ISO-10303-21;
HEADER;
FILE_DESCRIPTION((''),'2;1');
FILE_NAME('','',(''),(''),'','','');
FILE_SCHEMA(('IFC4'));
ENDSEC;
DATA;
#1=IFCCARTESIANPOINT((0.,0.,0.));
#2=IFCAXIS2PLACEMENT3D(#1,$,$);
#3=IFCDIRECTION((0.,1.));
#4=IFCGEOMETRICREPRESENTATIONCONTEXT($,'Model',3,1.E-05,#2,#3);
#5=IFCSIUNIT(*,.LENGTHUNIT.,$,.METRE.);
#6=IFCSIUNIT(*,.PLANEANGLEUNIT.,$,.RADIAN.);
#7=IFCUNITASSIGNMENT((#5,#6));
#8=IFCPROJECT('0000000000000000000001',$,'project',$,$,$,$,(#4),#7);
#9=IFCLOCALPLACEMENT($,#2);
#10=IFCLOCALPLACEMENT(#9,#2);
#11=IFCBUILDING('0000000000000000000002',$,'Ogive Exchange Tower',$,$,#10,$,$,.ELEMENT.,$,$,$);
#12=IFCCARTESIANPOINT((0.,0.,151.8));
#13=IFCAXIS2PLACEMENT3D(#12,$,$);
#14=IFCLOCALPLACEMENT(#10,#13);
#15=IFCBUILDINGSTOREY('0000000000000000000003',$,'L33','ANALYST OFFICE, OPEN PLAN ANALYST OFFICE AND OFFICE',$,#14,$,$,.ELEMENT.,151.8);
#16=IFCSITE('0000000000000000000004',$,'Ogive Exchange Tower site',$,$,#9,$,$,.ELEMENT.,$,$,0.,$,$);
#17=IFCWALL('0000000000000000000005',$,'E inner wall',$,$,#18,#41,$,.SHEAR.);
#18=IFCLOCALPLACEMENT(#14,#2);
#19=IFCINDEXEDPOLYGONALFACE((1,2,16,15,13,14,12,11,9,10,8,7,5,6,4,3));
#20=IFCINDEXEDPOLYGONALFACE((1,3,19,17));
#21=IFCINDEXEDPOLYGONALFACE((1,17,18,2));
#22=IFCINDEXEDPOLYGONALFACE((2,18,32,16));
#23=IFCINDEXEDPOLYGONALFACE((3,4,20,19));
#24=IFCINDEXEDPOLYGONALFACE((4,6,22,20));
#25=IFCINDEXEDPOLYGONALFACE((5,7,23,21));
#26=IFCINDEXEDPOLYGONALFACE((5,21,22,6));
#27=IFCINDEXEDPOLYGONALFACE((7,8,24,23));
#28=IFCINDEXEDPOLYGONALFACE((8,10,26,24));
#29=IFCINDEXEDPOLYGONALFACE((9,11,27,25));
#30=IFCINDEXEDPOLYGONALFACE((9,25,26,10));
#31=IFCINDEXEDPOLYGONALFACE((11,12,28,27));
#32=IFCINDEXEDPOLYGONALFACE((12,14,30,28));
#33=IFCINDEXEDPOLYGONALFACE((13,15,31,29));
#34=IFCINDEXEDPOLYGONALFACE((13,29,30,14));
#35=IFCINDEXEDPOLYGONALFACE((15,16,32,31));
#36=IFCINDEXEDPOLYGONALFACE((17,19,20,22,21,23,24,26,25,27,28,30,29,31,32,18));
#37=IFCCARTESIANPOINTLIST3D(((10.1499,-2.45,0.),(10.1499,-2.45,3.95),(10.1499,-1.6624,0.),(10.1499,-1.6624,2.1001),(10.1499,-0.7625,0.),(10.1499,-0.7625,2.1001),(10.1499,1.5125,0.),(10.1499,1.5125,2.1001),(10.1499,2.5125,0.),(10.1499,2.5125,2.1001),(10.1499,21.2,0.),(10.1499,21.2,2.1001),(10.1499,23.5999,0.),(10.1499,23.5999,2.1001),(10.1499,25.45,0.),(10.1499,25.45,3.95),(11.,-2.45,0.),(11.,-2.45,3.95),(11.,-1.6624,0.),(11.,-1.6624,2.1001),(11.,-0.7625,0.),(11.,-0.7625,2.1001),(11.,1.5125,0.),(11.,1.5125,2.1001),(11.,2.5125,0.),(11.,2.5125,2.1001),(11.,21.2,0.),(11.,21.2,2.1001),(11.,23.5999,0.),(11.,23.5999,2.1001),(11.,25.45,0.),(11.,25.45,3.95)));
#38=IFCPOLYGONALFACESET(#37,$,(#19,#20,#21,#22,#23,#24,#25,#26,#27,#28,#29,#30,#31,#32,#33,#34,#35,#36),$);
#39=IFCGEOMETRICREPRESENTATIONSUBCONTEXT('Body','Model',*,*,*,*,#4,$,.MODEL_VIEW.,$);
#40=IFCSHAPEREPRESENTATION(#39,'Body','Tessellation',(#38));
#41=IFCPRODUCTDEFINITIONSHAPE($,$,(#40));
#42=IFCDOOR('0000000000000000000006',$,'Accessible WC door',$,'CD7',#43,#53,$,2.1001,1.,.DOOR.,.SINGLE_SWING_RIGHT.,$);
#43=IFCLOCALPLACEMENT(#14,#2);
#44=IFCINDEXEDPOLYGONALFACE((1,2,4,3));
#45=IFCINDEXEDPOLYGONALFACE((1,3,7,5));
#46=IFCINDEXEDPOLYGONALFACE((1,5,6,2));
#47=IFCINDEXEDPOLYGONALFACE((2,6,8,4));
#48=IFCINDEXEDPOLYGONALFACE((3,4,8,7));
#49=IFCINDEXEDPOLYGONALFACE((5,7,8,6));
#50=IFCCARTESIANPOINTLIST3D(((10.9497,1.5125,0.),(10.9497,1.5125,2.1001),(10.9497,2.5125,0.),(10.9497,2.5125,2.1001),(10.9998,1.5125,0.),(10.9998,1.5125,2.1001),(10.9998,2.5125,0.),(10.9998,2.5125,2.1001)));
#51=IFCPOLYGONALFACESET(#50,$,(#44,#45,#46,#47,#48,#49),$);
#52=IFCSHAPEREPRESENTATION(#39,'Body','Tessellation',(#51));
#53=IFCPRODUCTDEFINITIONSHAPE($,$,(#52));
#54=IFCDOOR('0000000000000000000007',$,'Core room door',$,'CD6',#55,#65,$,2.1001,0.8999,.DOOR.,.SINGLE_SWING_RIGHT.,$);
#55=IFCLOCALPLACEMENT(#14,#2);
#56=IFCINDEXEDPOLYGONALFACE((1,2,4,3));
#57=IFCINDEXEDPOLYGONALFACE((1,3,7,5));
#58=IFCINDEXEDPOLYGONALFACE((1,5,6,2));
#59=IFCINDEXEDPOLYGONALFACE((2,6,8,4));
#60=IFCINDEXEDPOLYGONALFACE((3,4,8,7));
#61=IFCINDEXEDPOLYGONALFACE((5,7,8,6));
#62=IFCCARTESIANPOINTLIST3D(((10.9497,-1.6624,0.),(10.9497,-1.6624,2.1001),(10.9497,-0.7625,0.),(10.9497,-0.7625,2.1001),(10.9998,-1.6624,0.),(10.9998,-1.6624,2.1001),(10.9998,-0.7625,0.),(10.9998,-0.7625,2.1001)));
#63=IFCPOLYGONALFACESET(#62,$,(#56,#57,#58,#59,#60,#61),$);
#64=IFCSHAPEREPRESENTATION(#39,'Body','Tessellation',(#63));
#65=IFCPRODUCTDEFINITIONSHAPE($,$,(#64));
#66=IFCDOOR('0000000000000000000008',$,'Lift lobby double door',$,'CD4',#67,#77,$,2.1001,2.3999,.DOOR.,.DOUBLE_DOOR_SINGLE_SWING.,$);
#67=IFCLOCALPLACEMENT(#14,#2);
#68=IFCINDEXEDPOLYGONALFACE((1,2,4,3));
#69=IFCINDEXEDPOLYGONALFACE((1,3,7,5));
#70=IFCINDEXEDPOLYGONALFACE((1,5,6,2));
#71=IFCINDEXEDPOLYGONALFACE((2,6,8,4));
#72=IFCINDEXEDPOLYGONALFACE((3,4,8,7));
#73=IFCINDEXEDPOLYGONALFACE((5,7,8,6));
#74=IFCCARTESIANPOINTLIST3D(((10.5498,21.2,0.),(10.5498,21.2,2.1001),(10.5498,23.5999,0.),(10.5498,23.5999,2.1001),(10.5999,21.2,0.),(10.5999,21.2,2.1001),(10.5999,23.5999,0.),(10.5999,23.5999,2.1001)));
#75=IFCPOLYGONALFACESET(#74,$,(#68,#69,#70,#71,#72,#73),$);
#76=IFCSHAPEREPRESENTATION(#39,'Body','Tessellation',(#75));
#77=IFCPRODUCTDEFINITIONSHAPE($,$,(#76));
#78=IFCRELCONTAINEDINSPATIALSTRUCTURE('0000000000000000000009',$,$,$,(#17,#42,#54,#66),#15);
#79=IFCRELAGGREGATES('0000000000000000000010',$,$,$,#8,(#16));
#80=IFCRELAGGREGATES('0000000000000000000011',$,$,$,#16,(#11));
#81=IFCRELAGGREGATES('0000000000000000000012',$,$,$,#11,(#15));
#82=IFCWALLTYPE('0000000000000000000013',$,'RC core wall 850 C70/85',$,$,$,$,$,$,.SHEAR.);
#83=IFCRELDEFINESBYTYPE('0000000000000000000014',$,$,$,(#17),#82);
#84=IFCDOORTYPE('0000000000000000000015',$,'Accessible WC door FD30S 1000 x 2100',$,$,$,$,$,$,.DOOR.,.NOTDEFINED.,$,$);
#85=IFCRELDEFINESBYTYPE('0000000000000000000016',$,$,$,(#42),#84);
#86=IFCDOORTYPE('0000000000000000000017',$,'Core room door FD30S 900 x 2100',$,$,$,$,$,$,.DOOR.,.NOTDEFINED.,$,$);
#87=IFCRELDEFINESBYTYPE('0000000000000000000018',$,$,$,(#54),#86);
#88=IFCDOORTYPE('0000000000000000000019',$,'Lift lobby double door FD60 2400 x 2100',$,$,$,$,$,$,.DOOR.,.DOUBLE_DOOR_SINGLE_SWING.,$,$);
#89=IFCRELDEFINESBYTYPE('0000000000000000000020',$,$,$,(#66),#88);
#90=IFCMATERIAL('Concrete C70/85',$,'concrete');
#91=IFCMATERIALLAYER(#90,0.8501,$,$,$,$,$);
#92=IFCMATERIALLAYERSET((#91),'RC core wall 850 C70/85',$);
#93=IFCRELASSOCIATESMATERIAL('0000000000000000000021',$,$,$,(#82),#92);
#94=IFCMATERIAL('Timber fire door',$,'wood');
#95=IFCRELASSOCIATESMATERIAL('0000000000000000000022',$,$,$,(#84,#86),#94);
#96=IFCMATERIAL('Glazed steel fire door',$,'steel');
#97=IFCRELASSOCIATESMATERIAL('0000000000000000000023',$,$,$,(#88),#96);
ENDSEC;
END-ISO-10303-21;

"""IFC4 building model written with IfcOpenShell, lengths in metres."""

from ifc_helpers import new_model, si_unit, direction, frame, frame_2d, origin, place, context, subcontext, project, spatial, rectangle, extrude, material, layer, layer_set, type_object, element, fill, save


model = new_model("IFC4")

# Units and contexts
model_context = context("Model", 3, precision=1e-05, world=origin(), true_north=direction((0.0, 1.0)))
body_context = subcontext(model_context, "Body", "Model", "MODEL_VIEW")
ifc_project = project(units=[si_unit("LENGTHUNIT", "METRE"), si_unit("PLANEANGLEUNIT", "RADIAN")], contexts=[model_context])

# Site, building, storey
site_placement = place(None, origin())
site = spatial("IfcSite", under=ifc_project, at=site_placement, Name="Ogive Exchange Tower site", CompositionType="ELEMENT", RefElevation=0.0)
building_placement = place(site_placement, origin())
building = spatial("IfcBuilding", under=site, at=building_placement, Name="Ogive Exchange Tower", CompositionType="ELEMENT")
storey_placement = place(building_placement, frame((0.0, 0.0, 151.8)))
storey = spatial("IfcBuildingStorey", under=building, at=storey_placement, Name="L33", Description="ANALYST OFFICE, OPEN PLAN ANALYST OFFICE AND OFFICE", CompositionType="ELEMENT", Elevation=151.8)

# Shared definitions
ifc_material_1 = material(Name="Concrete C70/85", Category="concrete")

# Wall, openings, doors
ifc_layer_1 = layer(ifc_material_1, 0.8501)
ifc_layer_set_1 = layer_set([ifc_layer_1], Name="RC core wall 850 C70/85")
wall_type_1 = type_object("IfcWallType", Name="RC core wall 850 C70/85", PredefinedType="SHEAR", material=ifc_layer_set_1)
wall_1_placement = place(storey_placement, frame((10.575, -2.45, 0.0), z_axis=(0.0, 0.0, 1.0), x_axis=(0.0, 1.0, 0.0)))
wall_1 = element("IfcWall", 1, at=wall_1_placement, inside=storey, type_object=wall_type_1, Name="E inner wall", PredefinedType="SHEAR", context=body_context, shape_type="SweptSolid", body=[
    extrude(rectangle(XDim=27.8999, YDim=0.8501, at=frame_2d((13.95, 0.0))), origin(), (0.0, 0.0, 1.0), 3.95),
])
opening_1_placement = place(wall_1_placement, frame((23.6499, 0.0, 0.0)))
opening_1 = element("IfcOpeningElement", 2, at=opening_1_placement, cuts=wall_1, PredefinedType="OPENING", context=body_context, shape_type="SweptSolid", body=[
    extrude(rectangle(XDim=2.3999, YDim=2.1001, at=frame_2d((1.2, 1.05))), frame((0.0, 0.4351, 0.0), z_axis=(0.0, -1.0, 0.0), x_axis=(1.0, 0.0, 0.0)), (0.0, 0.0, 1.0), 0.8701),
])
opening_2_placement = place(wall_1_placement, frame((0.7876, 0.0, 0.0)))
opening_2 = element("IfcOpeningElement", 3, at=opening_2_placement, cuts=wall_1, PredefinedType="OPENING", context=body_context, shape_type="SweptSolid", body=[
    extrude(rectangle(XDim=0.8999, YDim=2.1001, at=frame_2d((0.45, 1.05))), frame((0.0, 0.4351, 0.0), z_axis=(0.0, -1.0, 0.0), x_axis=(1.0, 0.0, 0.0)), (0.0, 0.0, 1.0), 0.8701),
])
opening_3_placement = place(wall_1_placement, frame((3.9624, 0.0, 0.0)))
opening_3 = element("IfcOpeningElement", 4, at=opening_3_placement, cuts=wall_1, PredefinedType="OPENING", context=body_context, shape_type="SweptSolid", body=[
    extrude(rectangle(XDim=1.0, YDim=2.1001, at=frame_2d((0.5, 1.05))), frame((0.0, 0.4351, 0.0), z_axis=(0.0, -1.0, 0.0), x_axis=(1.0, 0.0, 0.0)), (0.0, 0.0, 1.0), 0.8701),
])
ifc_material_2 = material(Name="Timber fire door", Category="wood")
door_type_1 = type_object("IfcDoorType", Name="Accessible WC door FD30S 1000 x 2100", OperationType="NOTDEFINED", PredefinedType="DOOR", material=ifc_material_2)
door_1_placement = place(opening_3_placement, frame((1.0, -0.7998, 0.0), z_axis=(0.0, 0.0, 1.0), x_axis=(-1.0, 0.0, 0.0)))
door_1 = element("IfcDoor", 5, at=door_1_placement, inside=storey, type_object=door_type_1, Name="Accessible WC door", ObjectType="CD7", OperationType="SINGLE_SWING_RIGHT", OverallHeight=2.1001, OverallWidth=1.0, PredefinedType="DOOR", context=body_context, shape_type="SweptSolid", body=[
    extrude(rectangle(XDim=1.0, YDim=2.1001, at=frame_2d((0.5, 1.05))), frame((0.0, -0.375, 0.0), z_axis=(0.0, -1.0, 0.0), x_axis=(1.0, 0.0, 0.0)), (0.0, 0.0, 1.0), 0.05),
])
fill(opening_3, door_1)
door_type_2 = type_object("IfcDoorType", Name="Core room door FD30S 900 x 2100", OperationType="NOTDEFINED", PredefinedType="DOOR", material=ifc_material_2)
door_2_placement = place(opening_2_placement, frame((0.8999, -0.7998, 0.0), z_axis=(0.0, 0.0, 1.0), x_axis=(-1.0, 0.0, 0.0)))
door_2 = element("IfcDoor", 6, at=door_2_placement, inside=storey, type_object=door_type_2, Name="Core room door", ObjectType="CD6", OperationType="SINGLE_SWING_RIGHT", OverallHeight=2.1001, OverallWidth=0.8999, PredefinedType="DOOR", context=body_context, shape_type="SweptSolid", body=[
    extrude(rectangle(XDim=0.8999, YDim=2.1001, at=frame_2d((0.45, 1.05))), frame((0.0, -0.375, 0.0), z_axis=(0.0, -1.0, 0.0), x_axis=(1.0, 0.0, 0.0)), (0.0, 0.0, 1.0), 0.05),
])
fill(opening_2, door_2)
ifc_material_3 = material(Name="Glazed steel fire door", Category="steel")
door_type_3 = type_object("IfcDoorType", Name="Lift lobby double door FD60 2400 x 2100", OperationType="DOUBLE_DOOR_SINGLE_SWING", PredefinedType="DOOR", material=ifc_material_3)
door_3_placement = place(opening_1_placement, frame((2.3999, 0.0, 0.0), z_axis=(0.0, 0.0, 1.0), x_axis=(-1.0, 0.0, 0.0)))
door_3 = element("IfcDoor", 7, at=door_3_placement, inside=storey, type_object=door_type_3, Name="Lift lobby double door", ObjectType="CD4", OperationType="DOUBLE_DOOR_SINGLE_SWING", OverallHeight=2.1001, OverallWidth=2.3999, PredefinedType="DOOR", context=body_context, shape_type="SweptSolid", body=[
    extrude(rectangle(XDim=2.3999, YDim=2.1001, at=frame_2d((1.2, 1.05))), frame((0.0, 0.0249, 0.0), z_axis=(0.0, -1.0, 0.0), x_axis=(1.0, 0.0, 0.0)), (0.0, 0.0, 1.0), 0.05),
])
fill(opening_1, door_3)

save(model, "model.ifc")
